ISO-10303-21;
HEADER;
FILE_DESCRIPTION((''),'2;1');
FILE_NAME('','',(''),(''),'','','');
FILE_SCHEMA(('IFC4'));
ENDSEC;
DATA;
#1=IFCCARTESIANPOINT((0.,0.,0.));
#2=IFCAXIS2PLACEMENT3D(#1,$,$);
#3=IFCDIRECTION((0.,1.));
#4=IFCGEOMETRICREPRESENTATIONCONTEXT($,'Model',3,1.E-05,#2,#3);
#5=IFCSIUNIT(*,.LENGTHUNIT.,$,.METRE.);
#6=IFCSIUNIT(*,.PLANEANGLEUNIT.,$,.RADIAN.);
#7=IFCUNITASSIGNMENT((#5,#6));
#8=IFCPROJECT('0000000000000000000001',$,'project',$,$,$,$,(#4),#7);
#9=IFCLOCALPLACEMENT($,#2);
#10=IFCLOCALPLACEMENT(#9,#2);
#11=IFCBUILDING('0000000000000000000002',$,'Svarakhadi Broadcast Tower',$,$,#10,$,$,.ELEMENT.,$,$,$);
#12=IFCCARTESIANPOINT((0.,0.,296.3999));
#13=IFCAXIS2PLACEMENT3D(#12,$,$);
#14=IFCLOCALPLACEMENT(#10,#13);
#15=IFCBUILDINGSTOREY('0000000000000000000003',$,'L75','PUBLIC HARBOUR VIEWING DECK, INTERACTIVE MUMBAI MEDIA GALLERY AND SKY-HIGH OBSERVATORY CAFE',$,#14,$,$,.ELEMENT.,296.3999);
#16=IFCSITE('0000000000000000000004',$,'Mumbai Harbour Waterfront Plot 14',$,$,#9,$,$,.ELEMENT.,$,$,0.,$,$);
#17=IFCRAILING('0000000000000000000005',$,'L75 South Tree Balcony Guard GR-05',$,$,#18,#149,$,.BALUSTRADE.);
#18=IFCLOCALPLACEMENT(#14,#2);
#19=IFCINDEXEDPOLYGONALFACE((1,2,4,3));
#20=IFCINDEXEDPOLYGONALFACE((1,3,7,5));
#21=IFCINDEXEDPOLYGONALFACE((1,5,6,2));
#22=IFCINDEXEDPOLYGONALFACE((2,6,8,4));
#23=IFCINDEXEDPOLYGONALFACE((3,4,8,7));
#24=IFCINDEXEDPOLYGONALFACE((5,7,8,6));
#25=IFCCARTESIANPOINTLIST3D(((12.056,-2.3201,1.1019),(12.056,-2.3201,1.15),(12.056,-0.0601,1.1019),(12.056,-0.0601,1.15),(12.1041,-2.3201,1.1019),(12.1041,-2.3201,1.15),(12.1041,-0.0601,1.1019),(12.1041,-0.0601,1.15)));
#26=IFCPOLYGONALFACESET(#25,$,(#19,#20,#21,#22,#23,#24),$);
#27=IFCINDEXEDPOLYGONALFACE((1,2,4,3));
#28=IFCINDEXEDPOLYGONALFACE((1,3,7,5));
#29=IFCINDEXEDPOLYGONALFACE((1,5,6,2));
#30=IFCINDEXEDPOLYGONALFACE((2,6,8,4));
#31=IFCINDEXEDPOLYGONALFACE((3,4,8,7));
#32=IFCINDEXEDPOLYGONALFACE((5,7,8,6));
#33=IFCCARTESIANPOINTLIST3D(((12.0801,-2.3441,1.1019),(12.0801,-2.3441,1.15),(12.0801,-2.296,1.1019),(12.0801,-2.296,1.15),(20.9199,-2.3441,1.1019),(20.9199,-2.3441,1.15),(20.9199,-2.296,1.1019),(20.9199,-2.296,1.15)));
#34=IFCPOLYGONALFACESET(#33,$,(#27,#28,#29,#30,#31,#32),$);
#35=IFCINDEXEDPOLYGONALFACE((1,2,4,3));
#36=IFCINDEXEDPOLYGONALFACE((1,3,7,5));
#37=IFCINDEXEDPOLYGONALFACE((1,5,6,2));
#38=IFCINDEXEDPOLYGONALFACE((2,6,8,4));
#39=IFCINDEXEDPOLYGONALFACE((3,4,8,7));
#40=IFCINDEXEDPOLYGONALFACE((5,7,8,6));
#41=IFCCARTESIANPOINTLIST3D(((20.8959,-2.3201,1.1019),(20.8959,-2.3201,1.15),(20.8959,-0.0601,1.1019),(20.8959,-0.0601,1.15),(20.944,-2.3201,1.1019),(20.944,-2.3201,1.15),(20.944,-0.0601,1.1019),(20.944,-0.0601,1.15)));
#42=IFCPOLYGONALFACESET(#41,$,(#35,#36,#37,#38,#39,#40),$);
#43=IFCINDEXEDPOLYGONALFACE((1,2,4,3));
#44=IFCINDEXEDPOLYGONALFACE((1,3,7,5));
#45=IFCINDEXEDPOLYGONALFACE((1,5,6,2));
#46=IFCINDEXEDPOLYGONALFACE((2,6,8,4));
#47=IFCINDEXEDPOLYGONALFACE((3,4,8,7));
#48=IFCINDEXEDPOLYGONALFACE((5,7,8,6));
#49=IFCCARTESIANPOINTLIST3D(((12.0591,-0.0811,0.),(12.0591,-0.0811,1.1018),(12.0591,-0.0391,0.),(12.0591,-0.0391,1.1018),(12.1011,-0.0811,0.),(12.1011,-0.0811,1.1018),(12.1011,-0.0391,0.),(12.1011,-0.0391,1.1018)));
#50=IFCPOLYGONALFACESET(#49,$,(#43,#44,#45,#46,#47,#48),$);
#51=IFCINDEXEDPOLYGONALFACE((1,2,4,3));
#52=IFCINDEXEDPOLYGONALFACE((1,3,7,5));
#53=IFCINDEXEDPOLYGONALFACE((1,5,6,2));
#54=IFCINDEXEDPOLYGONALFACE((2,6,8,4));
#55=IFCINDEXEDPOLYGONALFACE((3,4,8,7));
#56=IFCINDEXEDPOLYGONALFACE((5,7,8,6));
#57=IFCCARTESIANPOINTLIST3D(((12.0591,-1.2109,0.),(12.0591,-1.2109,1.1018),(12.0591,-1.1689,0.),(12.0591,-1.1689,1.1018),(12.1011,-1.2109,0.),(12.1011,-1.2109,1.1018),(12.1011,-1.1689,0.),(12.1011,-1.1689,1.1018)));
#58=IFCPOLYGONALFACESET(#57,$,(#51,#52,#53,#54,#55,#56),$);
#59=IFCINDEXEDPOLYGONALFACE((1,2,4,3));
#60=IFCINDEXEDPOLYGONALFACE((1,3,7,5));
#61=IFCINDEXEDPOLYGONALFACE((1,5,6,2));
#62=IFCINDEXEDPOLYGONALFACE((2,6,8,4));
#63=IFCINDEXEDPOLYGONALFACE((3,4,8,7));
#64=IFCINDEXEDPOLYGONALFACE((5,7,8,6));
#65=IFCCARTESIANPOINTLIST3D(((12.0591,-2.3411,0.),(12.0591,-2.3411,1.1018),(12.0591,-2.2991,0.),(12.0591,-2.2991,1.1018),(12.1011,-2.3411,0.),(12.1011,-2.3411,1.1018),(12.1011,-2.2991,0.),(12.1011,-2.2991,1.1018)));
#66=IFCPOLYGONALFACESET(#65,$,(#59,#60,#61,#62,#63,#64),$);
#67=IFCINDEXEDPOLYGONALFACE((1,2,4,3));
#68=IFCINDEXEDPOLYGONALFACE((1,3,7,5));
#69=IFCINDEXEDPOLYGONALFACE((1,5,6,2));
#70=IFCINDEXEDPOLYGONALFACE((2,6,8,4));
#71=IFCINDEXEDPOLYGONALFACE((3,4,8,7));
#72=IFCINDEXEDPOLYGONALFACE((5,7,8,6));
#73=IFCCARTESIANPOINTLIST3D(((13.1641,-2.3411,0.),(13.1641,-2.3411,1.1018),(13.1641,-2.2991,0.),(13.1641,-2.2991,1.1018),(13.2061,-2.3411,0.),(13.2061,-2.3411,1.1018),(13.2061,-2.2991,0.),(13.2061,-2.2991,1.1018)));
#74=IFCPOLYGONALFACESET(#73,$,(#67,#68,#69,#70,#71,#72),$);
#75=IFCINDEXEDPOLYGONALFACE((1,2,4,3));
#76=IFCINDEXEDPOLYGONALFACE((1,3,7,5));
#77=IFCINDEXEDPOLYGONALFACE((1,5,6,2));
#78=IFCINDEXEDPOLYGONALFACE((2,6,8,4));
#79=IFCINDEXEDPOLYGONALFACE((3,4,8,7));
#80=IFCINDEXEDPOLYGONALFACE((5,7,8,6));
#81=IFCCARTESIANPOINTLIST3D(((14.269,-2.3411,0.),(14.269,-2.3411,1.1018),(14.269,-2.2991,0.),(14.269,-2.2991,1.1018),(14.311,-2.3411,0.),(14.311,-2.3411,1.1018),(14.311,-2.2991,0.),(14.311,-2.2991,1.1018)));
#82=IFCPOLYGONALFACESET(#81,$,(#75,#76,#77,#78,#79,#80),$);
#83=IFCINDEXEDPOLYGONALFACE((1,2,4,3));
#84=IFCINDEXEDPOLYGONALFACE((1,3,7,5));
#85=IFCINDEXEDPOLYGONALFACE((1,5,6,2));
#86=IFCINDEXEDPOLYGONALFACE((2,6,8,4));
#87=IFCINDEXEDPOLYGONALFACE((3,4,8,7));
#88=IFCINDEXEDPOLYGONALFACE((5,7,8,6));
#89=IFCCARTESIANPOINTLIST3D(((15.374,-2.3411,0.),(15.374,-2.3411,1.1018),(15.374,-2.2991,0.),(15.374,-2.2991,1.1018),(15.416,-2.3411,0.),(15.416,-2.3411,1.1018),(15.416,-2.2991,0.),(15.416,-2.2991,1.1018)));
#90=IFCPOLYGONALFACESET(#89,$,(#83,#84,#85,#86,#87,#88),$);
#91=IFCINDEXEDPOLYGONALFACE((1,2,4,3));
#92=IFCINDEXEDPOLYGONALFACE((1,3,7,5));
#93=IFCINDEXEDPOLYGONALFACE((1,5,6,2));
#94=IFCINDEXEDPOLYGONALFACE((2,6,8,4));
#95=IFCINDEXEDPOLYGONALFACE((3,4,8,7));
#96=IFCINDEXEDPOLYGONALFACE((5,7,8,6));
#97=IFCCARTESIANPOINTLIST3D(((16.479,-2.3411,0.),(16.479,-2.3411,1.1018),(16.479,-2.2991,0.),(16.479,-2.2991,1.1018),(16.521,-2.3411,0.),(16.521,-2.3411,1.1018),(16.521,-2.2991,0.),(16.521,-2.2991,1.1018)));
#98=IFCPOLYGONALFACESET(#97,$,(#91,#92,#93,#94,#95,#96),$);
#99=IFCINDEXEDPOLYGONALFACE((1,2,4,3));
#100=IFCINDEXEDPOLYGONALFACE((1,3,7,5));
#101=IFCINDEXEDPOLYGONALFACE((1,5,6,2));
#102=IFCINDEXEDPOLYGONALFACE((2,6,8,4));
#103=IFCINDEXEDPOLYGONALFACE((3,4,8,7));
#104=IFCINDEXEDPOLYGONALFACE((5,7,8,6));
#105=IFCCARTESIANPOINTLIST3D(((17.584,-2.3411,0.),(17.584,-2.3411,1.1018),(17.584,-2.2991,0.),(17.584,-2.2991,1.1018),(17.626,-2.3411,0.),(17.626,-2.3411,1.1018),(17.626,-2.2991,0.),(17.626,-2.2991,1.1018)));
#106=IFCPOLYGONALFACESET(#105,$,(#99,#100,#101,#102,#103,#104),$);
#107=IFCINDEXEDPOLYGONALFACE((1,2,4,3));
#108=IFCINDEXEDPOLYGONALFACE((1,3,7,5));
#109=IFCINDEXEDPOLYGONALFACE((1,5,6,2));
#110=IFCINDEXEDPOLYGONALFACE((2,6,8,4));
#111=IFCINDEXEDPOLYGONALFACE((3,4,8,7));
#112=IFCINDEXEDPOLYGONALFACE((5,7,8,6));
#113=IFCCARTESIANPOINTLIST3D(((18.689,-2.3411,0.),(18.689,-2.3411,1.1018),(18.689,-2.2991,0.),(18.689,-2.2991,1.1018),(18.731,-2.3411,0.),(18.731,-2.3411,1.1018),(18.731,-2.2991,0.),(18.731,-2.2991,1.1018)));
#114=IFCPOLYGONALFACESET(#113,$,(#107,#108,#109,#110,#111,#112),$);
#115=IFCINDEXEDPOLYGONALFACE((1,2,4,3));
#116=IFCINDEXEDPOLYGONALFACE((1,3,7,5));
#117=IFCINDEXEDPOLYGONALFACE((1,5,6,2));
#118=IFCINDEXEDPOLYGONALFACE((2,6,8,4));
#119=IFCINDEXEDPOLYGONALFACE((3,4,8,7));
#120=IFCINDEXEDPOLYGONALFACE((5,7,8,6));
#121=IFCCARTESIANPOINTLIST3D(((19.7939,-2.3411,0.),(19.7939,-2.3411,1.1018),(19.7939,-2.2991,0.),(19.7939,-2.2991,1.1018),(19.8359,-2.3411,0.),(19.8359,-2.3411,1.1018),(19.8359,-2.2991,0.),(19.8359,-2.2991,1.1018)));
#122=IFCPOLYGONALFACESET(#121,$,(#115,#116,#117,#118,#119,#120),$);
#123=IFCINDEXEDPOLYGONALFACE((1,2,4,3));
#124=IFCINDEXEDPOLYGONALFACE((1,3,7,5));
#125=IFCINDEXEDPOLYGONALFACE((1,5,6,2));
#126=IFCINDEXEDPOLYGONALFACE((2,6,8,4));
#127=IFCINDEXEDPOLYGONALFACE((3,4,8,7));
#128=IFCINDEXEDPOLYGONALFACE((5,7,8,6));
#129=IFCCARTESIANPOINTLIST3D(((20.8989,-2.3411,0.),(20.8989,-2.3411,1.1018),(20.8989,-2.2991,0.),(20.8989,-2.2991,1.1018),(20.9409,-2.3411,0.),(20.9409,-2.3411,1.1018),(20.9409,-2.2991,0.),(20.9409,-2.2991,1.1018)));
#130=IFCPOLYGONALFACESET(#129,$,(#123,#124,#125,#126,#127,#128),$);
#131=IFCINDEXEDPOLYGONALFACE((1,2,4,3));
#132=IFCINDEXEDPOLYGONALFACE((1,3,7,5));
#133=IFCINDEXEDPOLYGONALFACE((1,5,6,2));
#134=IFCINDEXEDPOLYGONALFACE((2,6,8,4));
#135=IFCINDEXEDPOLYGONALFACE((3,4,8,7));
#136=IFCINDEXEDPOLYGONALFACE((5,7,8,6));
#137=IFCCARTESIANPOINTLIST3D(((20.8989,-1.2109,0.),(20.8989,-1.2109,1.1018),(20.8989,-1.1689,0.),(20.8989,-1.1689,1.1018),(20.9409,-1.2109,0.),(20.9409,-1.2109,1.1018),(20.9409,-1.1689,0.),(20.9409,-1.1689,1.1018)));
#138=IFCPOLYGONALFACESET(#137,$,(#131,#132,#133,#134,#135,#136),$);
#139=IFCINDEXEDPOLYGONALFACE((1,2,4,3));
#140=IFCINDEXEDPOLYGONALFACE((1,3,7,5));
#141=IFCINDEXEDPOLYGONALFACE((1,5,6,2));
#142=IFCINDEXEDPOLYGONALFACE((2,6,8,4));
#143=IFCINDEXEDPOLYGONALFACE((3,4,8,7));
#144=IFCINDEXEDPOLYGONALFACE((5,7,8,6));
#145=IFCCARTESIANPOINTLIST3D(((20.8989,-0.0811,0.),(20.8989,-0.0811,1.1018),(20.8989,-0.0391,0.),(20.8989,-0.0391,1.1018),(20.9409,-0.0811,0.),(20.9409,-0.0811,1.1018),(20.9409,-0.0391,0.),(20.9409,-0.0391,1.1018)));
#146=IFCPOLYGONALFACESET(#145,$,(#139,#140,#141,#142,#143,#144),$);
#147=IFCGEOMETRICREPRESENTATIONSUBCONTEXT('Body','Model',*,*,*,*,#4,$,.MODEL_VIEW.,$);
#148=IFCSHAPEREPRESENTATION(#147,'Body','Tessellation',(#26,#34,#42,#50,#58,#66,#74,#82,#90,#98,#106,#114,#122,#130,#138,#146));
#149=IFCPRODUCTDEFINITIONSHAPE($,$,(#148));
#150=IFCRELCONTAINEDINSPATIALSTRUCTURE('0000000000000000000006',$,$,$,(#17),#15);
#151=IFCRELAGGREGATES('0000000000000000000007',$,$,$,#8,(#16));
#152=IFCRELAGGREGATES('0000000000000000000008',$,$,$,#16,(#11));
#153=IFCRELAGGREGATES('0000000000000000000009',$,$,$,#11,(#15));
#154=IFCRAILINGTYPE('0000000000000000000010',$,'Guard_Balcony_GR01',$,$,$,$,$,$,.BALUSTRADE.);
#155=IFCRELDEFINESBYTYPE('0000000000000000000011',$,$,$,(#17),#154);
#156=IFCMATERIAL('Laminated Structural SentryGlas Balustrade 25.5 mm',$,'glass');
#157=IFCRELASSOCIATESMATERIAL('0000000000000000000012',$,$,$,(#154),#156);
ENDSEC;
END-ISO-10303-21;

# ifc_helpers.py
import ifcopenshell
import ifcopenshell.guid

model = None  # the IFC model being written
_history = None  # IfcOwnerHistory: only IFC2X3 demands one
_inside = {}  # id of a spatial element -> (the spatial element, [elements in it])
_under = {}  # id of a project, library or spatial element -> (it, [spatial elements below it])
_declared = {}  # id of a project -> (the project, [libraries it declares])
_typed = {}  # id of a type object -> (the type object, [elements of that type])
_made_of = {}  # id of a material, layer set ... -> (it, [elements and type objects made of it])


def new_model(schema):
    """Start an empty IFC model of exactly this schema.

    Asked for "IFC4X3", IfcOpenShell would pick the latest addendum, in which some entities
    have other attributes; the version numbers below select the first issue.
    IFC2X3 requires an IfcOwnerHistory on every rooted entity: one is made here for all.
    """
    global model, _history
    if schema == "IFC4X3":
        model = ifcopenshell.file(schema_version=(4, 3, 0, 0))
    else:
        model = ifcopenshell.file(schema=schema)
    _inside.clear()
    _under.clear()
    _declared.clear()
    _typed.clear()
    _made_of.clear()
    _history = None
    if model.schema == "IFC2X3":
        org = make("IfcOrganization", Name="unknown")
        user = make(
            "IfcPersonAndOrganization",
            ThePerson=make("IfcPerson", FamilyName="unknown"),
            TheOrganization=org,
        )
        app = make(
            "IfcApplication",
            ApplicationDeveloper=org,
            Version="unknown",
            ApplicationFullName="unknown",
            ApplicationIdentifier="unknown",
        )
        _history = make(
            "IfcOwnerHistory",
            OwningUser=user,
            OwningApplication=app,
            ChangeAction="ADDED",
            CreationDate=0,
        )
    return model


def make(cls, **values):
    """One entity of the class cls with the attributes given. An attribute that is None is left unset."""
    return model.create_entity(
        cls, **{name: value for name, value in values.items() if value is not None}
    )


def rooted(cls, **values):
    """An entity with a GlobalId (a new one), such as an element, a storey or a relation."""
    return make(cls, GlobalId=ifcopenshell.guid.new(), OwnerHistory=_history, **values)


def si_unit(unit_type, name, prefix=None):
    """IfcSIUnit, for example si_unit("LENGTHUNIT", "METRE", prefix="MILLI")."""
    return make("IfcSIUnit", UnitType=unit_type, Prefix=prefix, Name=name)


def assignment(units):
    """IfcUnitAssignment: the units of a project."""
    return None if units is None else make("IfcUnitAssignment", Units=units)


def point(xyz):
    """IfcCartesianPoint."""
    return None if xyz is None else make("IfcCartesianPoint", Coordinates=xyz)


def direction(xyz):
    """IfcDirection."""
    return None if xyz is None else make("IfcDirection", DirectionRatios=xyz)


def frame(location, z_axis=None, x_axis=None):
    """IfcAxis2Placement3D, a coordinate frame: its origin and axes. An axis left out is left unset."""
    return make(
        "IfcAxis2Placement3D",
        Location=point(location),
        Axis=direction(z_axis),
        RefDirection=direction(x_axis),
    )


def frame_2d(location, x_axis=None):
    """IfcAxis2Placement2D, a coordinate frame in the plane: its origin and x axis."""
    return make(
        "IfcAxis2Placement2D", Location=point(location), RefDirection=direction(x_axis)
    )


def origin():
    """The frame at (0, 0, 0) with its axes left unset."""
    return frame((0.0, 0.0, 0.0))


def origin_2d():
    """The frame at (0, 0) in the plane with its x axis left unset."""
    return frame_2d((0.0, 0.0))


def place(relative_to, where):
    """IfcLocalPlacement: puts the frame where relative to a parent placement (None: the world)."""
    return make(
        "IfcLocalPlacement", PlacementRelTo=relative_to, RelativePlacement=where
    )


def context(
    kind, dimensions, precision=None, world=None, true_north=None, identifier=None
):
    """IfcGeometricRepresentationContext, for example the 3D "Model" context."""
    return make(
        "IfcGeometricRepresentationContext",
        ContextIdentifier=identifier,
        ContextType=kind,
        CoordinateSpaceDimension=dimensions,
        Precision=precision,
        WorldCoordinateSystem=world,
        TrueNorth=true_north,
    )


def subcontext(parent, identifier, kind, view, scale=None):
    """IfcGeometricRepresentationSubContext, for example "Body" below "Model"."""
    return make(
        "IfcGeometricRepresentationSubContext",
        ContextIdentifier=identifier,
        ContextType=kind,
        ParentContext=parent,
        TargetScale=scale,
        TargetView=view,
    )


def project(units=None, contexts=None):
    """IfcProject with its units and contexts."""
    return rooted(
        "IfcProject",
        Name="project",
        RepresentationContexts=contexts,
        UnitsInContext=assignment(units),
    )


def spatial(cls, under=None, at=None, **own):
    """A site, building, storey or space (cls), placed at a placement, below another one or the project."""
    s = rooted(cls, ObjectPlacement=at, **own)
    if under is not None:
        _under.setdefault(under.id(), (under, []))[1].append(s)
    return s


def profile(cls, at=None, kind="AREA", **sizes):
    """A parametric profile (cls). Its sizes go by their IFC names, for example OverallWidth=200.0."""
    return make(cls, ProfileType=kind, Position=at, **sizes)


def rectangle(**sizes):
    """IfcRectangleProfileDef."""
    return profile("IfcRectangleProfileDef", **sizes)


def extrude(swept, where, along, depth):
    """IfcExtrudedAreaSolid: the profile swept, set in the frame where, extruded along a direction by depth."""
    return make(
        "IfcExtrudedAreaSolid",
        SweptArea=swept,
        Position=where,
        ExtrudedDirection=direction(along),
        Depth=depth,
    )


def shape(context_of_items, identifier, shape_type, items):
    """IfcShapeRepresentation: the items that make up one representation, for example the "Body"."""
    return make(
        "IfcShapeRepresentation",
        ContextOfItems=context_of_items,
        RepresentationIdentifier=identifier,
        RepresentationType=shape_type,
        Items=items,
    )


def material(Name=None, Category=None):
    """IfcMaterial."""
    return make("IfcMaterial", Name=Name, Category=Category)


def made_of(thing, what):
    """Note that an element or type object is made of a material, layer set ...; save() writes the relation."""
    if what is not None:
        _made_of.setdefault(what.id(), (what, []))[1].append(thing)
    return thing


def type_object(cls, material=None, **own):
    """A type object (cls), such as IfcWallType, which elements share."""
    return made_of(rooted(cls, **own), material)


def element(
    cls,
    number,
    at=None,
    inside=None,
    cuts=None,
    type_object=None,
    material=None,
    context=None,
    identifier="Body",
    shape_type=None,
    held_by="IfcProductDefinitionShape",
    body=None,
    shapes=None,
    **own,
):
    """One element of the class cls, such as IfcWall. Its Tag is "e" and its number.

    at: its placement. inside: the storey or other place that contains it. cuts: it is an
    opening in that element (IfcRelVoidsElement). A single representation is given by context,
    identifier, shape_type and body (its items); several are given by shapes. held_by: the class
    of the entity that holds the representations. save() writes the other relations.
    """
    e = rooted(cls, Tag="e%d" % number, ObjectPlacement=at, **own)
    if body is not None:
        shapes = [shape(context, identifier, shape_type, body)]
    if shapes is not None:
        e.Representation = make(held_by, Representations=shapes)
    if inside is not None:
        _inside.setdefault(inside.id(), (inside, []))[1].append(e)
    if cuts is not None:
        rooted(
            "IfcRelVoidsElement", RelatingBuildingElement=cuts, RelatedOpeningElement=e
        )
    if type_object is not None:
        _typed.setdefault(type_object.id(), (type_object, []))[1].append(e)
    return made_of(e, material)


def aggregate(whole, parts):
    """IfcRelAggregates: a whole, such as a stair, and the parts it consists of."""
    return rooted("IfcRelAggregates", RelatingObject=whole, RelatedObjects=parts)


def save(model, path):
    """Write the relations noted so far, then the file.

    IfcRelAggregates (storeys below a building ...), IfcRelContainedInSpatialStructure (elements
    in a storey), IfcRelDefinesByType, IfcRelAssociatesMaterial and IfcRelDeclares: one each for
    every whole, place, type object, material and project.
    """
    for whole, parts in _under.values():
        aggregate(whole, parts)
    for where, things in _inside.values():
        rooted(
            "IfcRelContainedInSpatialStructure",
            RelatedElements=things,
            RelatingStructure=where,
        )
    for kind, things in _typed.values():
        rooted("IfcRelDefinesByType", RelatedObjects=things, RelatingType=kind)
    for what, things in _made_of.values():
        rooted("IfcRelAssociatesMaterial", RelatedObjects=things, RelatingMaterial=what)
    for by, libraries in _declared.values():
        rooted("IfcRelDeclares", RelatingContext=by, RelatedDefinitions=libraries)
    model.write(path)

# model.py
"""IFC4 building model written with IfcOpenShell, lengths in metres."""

from ifc_helpers import new_model, si_unit, direction, frame, origin, origin_2d, place, context, subcontext, project, spatial, rectangle, extrude, material, type_object, element, save


model = new_model("IFC4")

# Units and contexts
model_context = context("Model", 3, precision=1e-05, world=origin(), true_north=direction((0.0, 1.0)))
body_context = subcontext(model_context, "Body", "Model", "MODEL_VIEW")
ifc_project = project(units=[si_unit("LENGTHUNIT", "METRE"), si_unit("PLANEANGLEUNIT", "RADIAN")], contexts=[model_context])

# Site, building, storey
site_placement = place(None, origin())
site = spatial("IfcSite", under=ifc_project, at=site_placement, Name="Mumbai Harbour Waterfront Plot 14", CompositionType="ELEMENT", RefElevation=0.0)
building_placement = place(site_placement, origin())
building = spatial("IfcBuilding", under=site, at=building_placement, Name="Svarakhadi Broadcast Tower", CompositionType="ELEMENT")
storey_placement = place(building_placement, frame((0.0, 0.0, 296.3999)))
storey = spatial("IfcBuildingStorey", under=building, at=storey_placement, Name="L75", Description="PUBLIC HARBOUR VIEWING DECK, INTERACTIVE MUMBAI MEDIA GALLERY AND SKY-HIGH OBSERVATORY CAFE", CompositionType="ELEMENT", Elevation=296.3999)

# Railing
ifc_material_1 = material(Name="Laminated Structural SentryGlas Balustrade 25.5 mm", Category="glass")
railing_type = type_object("IfcRailingType", Name="Guard_Balcony_GR01", PredefinedType="BALUSTRADE", material=ifc_material_1)
railing_placement = place(storey_placement, frame((12.0801, -0.0601, 0.0)))
element("IfcRailing", 1, at=railing_placement, inside=storey, type_object=railing_type, Name="L75 South Tree Balcony Guard GR-05", PredefinedType="BALUSTRADE", context=body_context, shape_type="SweptSolid", body=[
    extrude(rectangle(XDim=0.0481, YDim=0.0481, at=origin_2d()), frame((0.0, 0.0, 1.126), z_axis=(0.0, -1.0, 0.0), x_axis=(1.0, 0.0, 0.0)), (0.0, 0.0, 1.0), 2.26),
    extrude(rectangle(XDim=0.0481, YDim=0.0481, at=origin_2d()), frame((0.0, -2.26, 1.126), z_axis=(1.0, 0.0, 0.0), x_axis=(0.0, 1.0, 0.0)), (0.0, 0.0, 1.0), 8.8398),
    extrude(rectangle(XDim=0.0481, YDim=0.0481, at=origin_2d()), frame((8.8398, -2.26, 1.126), z_axis=(0.0, 1.0, 0.0), x_axis=(-1.0, 0.0, 0.0)), (0.0, 0.0, 1.0), 2.26),
    extrude(rectangle(XDim=0.042, YDim=0.042, at=origin_2d()), origin(), (0.0, 0.0, 1.0), 1.1018),
    extrude(rectangle(XDim=0.042, YDim=0.042, at=origin_2d()), frame((0.0, -1.1299, 0.0)), (0.0, 0.0, 1.0), 1.1018),
    extrude(rectangle(XDim=0.042, YDim=0.042, at=origin_2d()), frame((0.0, -2.26, 0.0)), (0.0, 0.0, 1.0), 1.1018),
    extrude(rectangle(XDim=0.042, YDim=0.042, at=origin_2d()), frame((1.105, -2.26, 0.0)), (0.0, 0.0, 1.0), 1.1018),
    extrude(rectangle(XDim=0.042, YDim=0.042, at=origin_2d()), frame((2.21, -2.26, 0.0)), (0.0, 0.0, 1.0), 1.1018),
    extrude(rectangle(XDim=0.042, YDim=0.042, at=origin_2d()), frame((3.3149, -2.26, 0.0)), (0.0, 0.0, 1.0), 1.1018),
    extrude(rectangle(XDim=0.042, YDim=0.042, at=origin_2d()), frame((4.4199, -2.26, 0.0)), (0.0, 0.0, 1.0), 1.1018),
    extrude(rectangle(XDim=0.042, YDim=0.042, at=origin_2d()), frame((5.5249, -2.26, 0.0)), (0.0, 0.0, 1.0), 1.1018),
    extrude(rectangle(XDim=0.042, YDim=0.042, at=origin_2d()), frame((6.6299, -2.26, 0.0)), (0.0, 0.0, 1.0), 1.1018),
    extrude(rectangle(XDim=0.042, YDim=0.042, at=origin_2d()), frame((7.7349, -2.26, 0.0)), (0.0, 0.0, 1.0), 1.1018),
    extrude(rectangle(XDim=0.042, YDim=0.042, at=origin_2d()), frame((8.8398, -2.26, 0.0)), (0.0, 0.0, 1.0), 1.1018),
    extrude(rectangle(XDim=0.042, YDim=0.042, at=origin_2d()), frame((8.8398, -1.1299, 0.0)), (0.0, 0.0, 1.0), 1.1018),
    extrude(rectangle(XDim=0.042, YDim=0.042, at=origin_2d()), frame((8.8398, 0.0, 0.0)), (0.0, 0.0, 1.0), 1.1018),
])

save(model, "model.ifc")
